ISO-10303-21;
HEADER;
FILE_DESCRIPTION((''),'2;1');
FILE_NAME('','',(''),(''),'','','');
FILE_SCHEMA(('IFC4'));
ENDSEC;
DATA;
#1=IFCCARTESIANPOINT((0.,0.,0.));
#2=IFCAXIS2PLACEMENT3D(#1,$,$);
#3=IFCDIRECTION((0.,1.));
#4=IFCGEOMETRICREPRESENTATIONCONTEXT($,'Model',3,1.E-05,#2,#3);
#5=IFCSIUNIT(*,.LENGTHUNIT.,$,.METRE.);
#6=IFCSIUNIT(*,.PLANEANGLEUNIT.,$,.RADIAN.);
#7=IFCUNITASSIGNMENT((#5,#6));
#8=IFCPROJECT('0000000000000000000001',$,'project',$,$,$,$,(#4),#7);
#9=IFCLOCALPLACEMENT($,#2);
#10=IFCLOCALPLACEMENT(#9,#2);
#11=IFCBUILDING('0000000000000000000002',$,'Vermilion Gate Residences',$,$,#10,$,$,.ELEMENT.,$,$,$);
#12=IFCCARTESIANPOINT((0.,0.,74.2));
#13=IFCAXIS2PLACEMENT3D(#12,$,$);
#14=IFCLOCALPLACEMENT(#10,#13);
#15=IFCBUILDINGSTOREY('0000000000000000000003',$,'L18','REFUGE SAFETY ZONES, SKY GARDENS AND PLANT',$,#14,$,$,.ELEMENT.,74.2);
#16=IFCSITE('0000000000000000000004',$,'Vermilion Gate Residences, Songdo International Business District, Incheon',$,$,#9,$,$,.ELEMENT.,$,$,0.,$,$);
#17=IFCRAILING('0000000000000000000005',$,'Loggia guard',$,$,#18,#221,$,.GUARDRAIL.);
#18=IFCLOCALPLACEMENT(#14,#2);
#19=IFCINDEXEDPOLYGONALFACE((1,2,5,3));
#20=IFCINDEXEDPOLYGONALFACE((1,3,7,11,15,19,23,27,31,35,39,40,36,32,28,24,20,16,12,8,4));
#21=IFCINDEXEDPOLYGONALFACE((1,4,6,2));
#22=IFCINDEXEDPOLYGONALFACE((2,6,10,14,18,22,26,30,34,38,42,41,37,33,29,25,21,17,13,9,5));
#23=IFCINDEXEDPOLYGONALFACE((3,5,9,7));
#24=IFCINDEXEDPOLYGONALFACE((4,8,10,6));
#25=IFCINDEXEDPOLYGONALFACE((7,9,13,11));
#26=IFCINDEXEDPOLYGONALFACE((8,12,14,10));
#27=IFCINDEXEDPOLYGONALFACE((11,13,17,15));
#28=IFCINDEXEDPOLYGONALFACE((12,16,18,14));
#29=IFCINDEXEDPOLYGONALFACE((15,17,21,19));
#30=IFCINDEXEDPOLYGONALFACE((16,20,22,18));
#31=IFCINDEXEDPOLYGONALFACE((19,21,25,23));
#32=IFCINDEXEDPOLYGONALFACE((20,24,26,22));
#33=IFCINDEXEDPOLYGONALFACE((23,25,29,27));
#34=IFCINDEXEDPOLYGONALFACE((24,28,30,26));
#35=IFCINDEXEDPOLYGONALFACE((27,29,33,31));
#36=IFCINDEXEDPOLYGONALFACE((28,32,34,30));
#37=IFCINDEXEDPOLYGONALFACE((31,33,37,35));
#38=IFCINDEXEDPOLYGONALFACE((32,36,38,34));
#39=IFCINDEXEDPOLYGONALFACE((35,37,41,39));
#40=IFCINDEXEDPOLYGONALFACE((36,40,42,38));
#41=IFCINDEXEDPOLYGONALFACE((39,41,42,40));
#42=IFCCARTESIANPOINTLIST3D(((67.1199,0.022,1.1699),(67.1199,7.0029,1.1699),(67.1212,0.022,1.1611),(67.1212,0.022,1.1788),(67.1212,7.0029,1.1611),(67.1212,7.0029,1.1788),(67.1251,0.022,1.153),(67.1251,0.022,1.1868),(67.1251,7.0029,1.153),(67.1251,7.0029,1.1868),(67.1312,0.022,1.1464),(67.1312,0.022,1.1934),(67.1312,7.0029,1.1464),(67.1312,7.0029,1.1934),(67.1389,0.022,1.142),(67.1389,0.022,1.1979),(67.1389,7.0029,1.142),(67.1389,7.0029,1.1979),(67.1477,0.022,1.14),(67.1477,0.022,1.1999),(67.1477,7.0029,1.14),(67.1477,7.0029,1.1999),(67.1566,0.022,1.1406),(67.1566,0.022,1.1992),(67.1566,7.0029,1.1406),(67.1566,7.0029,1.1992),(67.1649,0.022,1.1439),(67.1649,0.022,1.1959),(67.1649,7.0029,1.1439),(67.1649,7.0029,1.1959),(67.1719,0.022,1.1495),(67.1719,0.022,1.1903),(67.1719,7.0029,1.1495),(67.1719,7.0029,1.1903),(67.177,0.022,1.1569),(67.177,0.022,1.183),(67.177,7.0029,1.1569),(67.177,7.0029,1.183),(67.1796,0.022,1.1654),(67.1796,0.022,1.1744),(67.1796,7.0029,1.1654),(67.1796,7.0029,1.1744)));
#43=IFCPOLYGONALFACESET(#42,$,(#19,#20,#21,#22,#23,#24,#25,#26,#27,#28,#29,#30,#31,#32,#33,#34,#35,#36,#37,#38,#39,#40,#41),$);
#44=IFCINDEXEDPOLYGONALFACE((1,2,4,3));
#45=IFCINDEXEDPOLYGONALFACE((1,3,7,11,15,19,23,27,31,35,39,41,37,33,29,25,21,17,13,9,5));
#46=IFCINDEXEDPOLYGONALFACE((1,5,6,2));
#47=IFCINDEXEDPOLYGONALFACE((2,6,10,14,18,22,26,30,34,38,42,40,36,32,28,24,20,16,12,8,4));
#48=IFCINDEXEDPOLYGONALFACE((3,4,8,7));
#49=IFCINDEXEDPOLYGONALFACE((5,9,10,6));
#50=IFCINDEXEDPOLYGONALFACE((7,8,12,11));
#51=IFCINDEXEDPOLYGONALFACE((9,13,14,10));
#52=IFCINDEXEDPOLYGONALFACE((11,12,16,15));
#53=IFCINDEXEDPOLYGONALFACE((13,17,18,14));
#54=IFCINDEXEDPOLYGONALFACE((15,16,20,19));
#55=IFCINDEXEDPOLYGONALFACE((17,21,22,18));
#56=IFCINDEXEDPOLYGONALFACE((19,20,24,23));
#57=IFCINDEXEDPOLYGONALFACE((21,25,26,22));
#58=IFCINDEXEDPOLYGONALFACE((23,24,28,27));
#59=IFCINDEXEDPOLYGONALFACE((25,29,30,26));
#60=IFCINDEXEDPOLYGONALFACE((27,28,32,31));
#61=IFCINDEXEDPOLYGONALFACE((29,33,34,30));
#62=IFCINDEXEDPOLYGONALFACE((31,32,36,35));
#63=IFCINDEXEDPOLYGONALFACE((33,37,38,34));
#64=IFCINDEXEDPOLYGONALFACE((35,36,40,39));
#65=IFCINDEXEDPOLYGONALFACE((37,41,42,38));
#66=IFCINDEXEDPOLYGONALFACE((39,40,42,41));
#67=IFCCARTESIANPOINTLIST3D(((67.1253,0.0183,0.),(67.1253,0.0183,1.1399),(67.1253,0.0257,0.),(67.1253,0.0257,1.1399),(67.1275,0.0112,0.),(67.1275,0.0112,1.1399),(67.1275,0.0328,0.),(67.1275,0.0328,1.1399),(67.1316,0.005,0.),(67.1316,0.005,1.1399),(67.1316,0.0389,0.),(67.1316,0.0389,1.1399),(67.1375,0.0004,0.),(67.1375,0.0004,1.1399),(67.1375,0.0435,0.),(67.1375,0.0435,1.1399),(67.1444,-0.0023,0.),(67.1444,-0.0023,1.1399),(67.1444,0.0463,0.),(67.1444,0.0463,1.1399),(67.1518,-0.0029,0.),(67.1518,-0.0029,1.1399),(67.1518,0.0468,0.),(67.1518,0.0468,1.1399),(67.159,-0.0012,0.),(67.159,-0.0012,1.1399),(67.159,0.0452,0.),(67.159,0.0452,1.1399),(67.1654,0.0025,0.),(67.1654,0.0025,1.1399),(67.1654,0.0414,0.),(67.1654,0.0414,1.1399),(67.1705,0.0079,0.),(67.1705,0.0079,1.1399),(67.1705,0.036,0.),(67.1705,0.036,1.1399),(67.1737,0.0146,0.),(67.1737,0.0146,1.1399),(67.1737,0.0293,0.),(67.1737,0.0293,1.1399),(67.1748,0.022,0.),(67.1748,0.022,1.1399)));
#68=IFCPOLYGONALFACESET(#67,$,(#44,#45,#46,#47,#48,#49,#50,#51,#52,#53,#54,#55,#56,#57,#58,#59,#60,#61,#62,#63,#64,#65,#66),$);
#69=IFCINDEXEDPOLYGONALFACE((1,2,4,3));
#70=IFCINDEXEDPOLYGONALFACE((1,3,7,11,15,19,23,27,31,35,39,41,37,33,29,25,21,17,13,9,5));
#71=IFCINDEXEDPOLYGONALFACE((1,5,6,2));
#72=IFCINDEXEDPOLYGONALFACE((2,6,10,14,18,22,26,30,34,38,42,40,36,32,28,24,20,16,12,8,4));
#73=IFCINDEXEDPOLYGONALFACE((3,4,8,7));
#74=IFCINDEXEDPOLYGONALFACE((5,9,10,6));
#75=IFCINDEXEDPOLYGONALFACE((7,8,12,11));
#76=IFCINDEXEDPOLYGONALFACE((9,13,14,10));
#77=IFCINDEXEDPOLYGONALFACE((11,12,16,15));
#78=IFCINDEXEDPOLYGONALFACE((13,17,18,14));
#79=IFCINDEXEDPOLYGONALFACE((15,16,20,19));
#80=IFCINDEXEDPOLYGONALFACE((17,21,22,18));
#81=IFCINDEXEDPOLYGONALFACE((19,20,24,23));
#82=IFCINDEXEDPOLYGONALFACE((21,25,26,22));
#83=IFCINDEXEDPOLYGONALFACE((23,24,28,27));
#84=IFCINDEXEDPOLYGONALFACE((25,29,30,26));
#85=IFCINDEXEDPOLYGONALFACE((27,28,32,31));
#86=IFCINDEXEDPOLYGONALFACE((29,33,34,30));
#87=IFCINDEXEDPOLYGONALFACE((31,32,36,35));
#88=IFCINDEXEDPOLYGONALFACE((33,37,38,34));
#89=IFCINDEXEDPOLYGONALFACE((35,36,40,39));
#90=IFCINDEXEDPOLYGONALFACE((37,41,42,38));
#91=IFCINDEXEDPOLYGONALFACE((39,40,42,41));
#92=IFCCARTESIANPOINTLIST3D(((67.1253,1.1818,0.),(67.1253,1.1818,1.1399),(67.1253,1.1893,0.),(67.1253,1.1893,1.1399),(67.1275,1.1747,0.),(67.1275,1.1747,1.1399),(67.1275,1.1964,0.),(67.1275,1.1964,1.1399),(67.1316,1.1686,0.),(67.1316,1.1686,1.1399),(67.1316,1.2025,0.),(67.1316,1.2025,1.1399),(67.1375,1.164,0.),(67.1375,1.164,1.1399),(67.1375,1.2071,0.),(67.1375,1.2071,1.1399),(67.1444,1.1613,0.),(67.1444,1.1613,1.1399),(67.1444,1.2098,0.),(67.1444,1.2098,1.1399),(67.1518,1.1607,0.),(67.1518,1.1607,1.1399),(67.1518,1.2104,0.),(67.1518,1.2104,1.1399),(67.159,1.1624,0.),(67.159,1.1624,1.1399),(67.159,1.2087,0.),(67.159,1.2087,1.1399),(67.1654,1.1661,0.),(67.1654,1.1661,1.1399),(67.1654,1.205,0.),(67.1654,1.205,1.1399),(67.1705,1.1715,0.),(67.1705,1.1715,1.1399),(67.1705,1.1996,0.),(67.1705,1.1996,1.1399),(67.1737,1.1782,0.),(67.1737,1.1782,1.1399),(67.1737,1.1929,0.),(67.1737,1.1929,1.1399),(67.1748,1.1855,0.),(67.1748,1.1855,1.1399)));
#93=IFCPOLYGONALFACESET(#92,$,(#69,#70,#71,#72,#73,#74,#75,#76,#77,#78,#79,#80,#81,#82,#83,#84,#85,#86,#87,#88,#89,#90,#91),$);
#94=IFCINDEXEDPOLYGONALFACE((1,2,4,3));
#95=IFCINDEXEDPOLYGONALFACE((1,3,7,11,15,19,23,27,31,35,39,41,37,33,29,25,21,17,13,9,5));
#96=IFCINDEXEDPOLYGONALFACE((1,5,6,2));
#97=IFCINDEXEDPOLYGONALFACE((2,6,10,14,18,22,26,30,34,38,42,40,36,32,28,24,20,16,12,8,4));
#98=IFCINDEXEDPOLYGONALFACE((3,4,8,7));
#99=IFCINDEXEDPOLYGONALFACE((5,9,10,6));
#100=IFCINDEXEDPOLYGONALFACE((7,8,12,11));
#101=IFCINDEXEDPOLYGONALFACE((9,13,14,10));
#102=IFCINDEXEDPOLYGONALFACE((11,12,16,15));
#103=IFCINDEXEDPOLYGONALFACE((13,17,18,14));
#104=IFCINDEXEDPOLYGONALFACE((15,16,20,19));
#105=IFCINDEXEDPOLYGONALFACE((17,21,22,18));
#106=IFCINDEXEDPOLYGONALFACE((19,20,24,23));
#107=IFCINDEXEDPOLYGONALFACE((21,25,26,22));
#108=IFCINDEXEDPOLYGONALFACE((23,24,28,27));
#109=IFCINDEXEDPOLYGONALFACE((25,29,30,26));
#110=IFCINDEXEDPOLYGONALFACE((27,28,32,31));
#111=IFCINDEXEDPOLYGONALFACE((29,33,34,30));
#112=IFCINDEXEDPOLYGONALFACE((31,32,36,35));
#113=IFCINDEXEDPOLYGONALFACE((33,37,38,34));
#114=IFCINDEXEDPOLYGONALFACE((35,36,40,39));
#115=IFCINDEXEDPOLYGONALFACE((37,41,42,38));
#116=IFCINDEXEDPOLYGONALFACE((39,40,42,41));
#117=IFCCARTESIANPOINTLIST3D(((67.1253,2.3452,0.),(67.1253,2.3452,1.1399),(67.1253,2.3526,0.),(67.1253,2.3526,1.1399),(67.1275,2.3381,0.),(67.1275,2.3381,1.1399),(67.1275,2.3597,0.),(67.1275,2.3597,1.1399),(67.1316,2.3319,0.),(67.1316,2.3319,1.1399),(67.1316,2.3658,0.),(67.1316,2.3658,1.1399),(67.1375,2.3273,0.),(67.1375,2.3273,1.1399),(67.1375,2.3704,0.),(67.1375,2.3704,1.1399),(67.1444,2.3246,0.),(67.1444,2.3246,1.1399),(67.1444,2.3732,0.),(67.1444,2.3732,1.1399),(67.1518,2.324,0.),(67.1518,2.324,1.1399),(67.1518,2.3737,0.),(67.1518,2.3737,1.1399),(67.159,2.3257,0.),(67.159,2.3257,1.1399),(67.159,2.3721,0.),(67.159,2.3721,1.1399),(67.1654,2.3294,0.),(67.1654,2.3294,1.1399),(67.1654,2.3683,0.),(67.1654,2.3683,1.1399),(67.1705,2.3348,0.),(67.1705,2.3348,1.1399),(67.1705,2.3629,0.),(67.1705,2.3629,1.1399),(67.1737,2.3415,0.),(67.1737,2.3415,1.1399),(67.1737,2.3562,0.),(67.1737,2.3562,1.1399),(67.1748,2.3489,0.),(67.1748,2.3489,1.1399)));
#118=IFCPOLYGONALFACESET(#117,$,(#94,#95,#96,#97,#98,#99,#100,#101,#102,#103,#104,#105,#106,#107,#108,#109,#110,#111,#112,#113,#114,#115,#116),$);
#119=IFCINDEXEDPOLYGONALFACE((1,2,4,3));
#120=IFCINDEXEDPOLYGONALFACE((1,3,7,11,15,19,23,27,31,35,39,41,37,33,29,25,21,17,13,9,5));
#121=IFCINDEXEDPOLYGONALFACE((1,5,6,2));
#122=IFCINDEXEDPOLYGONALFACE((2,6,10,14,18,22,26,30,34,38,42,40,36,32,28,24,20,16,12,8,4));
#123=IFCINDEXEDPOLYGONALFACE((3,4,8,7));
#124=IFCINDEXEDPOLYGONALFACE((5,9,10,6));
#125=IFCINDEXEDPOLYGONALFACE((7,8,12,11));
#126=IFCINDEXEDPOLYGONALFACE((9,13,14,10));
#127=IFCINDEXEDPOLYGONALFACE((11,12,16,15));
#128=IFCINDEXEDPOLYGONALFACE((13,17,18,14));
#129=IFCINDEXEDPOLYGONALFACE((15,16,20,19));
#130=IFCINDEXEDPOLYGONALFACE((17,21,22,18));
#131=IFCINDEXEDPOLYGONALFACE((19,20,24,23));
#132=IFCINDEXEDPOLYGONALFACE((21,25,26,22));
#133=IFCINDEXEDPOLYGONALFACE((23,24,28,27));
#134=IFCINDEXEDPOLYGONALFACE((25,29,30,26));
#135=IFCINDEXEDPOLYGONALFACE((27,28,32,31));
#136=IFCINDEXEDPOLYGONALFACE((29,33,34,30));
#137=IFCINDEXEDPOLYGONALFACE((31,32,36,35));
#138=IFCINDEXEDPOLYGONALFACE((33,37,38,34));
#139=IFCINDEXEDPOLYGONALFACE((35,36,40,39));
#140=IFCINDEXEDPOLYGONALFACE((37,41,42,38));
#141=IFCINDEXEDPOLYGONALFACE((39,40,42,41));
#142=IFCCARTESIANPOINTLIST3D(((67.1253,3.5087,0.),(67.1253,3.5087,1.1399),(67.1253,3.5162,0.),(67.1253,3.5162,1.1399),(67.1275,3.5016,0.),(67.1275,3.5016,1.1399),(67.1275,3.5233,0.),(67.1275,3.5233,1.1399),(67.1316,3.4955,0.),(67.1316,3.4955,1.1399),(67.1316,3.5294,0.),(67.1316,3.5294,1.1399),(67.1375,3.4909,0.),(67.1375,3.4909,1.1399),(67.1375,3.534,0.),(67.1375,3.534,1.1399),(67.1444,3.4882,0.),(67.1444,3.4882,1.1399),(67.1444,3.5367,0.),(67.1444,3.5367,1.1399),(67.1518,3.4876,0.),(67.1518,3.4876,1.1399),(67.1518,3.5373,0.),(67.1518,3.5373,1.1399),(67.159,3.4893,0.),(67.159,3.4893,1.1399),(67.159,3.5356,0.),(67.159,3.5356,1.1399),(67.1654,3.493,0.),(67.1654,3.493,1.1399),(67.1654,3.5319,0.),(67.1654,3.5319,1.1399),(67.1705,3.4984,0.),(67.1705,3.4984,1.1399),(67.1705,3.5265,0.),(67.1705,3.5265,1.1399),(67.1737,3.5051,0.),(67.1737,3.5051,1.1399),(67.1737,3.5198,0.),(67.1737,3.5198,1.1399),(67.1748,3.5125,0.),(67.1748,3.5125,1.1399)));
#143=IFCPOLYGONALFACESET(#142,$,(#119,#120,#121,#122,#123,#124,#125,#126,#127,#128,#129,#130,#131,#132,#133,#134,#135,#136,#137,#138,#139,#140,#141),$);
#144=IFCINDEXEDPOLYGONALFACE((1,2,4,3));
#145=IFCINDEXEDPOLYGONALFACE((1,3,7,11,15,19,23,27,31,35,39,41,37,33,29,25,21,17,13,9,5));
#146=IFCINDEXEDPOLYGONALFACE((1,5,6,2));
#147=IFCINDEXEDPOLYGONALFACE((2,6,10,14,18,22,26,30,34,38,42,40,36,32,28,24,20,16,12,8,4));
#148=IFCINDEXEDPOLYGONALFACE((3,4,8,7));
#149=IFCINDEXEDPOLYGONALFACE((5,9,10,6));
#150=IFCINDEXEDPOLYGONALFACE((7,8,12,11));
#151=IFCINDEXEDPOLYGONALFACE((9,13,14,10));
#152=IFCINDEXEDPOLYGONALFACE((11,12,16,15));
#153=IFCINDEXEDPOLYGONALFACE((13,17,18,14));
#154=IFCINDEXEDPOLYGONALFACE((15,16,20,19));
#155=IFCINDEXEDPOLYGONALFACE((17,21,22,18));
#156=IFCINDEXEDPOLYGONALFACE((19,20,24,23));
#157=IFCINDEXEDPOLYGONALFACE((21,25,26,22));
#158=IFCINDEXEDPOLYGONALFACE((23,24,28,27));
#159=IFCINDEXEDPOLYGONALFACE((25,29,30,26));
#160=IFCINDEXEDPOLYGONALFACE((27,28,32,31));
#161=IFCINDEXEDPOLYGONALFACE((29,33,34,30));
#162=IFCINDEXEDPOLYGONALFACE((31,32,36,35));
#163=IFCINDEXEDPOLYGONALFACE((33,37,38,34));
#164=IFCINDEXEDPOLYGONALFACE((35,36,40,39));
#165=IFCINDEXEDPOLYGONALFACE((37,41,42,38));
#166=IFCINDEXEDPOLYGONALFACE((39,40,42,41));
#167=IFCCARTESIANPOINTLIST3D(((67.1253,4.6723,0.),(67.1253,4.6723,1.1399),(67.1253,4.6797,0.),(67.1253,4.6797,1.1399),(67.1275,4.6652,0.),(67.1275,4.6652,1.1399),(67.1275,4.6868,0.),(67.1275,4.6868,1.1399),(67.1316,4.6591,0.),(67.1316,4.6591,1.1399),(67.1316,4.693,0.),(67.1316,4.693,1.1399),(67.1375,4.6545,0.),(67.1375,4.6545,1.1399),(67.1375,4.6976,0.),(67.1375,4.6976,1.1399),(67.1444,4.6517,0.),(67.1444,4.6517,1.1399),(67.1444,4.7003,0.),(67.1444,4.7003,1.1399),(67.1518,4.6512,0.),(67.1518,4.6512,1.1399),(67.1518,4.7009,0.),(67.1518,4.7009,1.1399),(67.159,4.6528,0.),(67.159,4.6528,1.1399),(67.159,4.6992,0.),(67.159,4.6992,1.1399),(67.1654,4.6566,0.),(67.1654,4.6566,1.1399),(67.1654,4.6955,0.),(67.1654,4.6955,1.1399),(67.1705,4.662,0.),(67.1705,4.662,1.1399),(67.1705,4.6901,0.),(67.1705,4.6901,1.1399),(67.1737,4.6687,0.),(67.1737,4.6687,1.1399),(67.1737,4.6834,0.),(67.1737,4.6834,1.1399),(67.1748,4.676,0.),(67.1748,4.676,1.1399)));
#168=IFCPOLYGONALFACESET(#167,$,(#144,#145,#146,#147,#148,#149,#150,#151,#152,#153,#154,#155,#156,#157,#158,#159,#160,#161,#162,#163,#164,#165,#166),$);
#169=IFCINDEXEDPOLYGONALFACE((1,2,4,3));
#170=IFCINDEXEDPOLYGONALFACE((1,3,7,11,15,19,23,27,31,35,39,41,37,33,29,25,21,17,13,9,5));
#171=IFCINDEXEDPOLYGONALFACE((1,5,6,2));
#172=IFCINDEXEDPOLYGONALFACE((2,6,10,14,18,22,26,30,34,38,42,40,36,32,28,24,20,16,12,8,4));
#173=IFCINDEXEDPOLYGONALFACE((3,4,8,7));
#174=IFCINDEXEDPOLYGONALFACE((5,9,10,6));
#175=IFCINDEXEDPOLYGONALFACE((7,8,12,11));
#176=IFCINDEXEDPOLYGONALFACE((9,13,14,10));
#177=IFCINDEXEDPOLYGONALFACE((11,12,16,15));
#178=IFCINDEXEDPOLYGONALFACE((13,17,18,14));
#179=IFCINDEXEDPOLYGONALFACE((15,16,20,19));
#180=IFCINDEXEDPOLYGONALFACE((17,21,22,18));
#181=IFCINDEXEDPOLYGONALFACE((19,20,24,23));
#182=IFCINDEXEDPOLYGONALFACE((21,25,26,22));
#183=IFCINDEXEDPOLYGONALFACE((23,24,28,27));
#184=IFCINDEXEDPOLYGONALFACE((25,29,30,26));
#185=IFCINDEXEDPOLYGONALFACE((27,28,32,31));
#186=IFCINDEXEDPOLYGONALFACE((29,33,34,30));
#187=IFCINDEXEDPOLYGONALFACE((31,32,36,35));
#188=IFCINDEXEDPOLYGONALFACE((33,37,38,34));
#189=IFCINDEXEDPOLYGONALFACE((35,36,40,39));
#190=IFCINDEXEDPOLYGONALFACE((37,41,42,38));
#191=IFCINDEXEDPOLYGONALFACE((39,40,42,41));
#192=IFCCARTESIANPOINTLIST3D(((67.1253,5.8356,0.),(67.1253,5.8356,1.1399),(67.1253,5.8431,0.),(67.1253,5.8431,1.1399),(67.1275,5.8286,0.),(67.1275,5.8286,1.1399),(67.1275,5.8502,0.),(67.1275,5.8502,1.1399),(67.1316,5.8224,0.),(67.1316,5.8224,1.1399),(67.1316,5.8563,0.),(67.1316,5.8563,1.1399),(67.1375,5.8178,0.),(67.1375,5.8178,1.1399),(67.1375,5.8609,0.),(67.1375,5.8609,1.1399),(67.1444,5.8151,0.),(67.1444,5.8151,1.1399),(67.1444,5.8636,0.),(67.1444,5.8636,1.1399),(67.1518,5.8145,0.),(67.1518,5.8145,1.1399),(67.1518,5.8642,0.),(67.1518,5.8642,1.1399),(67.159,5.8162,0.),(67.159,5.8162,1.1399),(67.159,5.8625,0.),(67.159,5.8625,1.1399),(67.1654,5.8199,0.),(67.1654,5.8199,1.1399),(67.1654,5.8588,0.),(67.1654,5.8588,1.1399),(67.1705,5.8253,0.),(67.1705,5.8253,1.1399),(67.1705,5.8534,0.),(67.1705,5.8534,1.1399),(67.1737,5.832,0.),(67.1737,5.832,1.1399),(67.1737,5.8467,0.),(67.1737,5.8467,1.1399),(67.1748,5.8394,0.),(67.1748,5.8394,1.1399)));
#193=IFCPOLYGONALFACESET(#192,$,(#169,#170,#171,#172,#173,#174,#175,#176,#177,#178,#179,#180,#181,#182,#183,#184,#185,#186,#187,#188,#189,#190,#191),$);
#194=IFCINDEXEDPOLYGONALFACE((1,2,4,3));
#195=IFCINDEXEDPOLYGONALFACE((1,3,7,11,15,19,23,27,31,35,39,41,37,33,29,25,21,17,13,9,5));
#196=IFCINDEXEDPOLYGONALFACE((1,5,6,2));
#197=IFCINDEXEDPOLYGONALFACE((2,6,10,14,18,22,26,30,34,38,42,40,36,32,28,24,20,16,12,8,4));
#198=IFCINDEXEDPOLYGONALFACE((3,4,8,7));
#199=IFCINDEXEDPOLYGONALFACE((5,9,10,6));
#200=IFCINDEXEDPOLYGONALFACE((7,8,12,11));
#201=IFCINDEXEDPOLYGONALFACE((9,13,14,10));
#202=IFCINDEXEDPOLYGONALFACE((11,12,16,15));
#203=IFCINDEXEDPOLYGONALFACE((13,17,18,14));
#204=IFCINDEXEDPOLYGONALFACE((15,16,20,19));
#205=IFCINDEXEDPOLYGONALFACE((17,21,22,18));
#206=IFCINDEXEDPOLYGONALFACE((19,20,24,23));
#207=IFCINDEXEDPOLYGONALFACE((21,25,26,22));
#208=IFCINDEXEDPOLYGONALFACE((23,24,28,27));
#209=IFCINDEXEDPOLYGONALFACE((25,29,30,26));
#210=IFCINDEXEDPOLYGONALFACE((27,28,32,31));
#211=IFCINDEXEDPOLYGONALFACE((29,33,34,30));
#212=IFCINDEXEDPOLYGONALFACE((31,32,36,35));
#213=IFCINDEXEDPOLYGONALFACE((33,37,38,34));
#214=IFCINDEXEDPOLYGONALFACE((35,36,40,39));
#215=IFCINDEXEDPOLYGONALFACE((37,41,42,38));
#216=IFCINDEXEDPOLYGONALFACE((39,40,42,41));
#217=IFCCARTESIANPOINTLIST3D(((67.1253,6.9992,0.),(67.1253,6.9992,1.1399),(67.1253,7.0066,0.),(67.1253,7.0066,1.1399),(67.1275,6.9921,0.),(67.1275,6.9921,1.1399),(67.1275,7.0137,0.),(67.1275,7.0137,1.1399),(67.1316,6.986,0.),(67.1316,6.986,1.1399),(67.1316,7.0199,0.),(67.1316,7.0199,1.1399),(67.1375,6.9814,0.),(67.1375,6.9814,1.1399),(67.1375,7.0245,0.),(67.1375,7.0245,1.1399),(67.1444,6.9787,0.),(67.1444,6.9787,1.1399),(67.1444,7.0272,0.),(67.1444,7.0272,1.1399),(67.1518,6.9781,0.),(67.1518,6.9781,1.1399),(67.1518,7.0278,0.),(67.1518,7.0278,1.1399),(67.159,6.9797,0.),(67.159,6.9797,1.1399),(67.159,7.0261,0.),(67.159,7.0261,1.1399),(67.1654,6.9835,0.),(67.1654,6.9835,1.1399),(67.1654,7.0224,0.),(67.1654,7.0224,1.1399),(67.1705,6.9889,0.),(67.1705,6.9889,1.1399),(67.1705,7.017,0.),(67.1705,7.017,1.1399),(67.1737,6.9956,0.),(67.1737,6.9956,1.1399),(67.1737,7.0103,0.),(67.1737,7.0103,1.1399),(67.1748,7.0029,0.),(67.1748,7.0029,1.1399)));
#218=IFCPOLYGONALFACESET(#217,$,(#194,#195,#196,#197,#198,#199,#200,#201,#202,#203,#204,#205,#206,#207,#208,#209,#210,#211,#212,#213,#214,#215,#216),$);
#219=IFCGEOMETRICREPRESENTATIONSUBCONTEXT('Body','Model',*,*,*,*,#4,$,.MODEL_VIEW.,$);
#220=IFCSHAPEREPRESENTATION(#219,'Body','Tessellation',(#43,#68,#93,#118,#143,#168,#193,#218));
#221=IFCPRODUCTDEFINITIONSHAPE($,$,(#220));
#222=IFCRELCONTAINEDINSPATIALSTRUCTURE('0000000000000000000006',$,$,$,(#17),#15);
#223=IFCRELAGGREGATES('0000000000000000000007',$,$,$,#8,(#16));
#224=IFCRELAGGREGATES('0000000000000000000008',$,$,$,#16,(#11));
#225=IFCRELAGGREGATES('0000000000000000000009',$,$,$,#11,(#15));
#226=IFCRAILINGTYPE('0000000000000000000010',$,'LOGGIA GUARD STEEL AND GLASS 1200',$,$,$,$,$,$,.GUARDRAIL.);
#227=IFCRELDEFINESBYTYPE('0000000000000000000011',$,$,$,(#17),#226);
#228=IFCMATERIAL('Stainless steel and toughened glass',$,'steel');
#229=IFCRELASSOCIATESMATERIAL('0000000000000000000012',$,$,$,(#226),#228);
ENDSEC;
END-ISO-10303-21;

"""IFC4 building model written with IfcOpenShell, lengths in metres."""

from ifc_helpers import new_model, si_unit, direction, frame, origin, origin_2d, place, context, subcontext, project, spatial, circle, extrude, material, type_object, element, save


model = new_model("IFC4")

# Units and contexts
model_context = context("Model", 3, precision=1e-05, world=origin(), true_north=direction((0.0, 1.0)))
body_context = subcontext(model_context, "Body", "Model", "MODEL_VIEW")
ifc_project = project(units=[si_unit("LENGTHUNIT", "METRE"), si_unit("PLANEANGLEUNIT", "RADIAN")], contexts=[model_context])

# Site, building, storey
site_placement = place(None, origin())
site = spatial("IfcSite", under=ifc_project, at=site_placement, Name="Vermilion Gate Residences, Songdo International Business District, Incheon", CompositionType="ELEMENT", RefElevation=0.0)
building_placement = place(site_placement, origin())
building = spatial("IfcBuilding", under=site, at=building_placement, Name="Vermilion Gate Residences", CompositionType="ELEMENT")
storey_placement = place(building_placement, frame((0.0, 0.0, 74.2)))
storey = spatial("IfcBuildingStorey", under=building, at=storey_placement, Name="L18", Description="REFUGE SAFETY ZONES, SKY GARDENS AND PLANT", CompositionType="ELEMENT", Elevation=74.2)

# Railing
ifc_material_1 = material(Name="Stainless steel and toughened glass", Category="steel")
railing_type = type_object("IfcRailingType", Name="LOGGIA GUARD STEEL AND GLASS 1200", PredefinedType="GUARDRAIL", material=ifc_material_1)
railing_1_placement = place(storey_placement, frame((67.1499, 0.022, 0.0)))
element("IfcRailing", 1, at=railing_1_placement, inside=storey, type_object=railing_type, Name="Loggia guard", PredefinedType="GUARDRAIL", context=body_context, shape_type="SweptSolid", body=[
    extrude(circle(Radius=0.03, at=origin_2d()), frame((0.0, 0.0, 1.1699), z_axis=(0.0, 1.0, 0.0), x_axis=(-1.0, 0.0, 0.0)), (0.0, 0.0, 1.0), 6.981),
    extrude(circle(Radius=0.0249, at=origin_2d()), origin(), (0.0, 0.0, 1.0), 1.1399),
    extrude(circle(Radius=0.0249, at=origin_2d()), frame((0.0, 1.1636, 0.0)), (0.0, 0.0, 1.0), 1.1399),
    extrude(circle(Radius=0.0249, at=origin_2d()), frame((0.0, 2.3269, 0.0)), (0.0, 0.0, 1.0), 1.1399),
    extrude(circle(Radius=0.0249, at=origin_2d()), frame((0.0, 3.4905, 0.0)), (0.0, 0.0, 1.0), 1.1399),
    extrude(circle(Radius=0.0249, at=origin_2d()), frame((0.0, 4.6541, 0.0)), (0.0, 0.0, 1.0), 1.1399),
    extrude(circle(Radius=0.0249, at=origin_2d()), frame((0.0, 5.8174, 0.0)), (0.0, 0.0, 1.0), 1.1399),
    extrude(circle(Radius=0.0249, at=origin_2d()), frame((0.0, 6.981, 0.0)), (0.0, 0.0, 1.0), 1.1399),
])

save(model, "model.ifc")
